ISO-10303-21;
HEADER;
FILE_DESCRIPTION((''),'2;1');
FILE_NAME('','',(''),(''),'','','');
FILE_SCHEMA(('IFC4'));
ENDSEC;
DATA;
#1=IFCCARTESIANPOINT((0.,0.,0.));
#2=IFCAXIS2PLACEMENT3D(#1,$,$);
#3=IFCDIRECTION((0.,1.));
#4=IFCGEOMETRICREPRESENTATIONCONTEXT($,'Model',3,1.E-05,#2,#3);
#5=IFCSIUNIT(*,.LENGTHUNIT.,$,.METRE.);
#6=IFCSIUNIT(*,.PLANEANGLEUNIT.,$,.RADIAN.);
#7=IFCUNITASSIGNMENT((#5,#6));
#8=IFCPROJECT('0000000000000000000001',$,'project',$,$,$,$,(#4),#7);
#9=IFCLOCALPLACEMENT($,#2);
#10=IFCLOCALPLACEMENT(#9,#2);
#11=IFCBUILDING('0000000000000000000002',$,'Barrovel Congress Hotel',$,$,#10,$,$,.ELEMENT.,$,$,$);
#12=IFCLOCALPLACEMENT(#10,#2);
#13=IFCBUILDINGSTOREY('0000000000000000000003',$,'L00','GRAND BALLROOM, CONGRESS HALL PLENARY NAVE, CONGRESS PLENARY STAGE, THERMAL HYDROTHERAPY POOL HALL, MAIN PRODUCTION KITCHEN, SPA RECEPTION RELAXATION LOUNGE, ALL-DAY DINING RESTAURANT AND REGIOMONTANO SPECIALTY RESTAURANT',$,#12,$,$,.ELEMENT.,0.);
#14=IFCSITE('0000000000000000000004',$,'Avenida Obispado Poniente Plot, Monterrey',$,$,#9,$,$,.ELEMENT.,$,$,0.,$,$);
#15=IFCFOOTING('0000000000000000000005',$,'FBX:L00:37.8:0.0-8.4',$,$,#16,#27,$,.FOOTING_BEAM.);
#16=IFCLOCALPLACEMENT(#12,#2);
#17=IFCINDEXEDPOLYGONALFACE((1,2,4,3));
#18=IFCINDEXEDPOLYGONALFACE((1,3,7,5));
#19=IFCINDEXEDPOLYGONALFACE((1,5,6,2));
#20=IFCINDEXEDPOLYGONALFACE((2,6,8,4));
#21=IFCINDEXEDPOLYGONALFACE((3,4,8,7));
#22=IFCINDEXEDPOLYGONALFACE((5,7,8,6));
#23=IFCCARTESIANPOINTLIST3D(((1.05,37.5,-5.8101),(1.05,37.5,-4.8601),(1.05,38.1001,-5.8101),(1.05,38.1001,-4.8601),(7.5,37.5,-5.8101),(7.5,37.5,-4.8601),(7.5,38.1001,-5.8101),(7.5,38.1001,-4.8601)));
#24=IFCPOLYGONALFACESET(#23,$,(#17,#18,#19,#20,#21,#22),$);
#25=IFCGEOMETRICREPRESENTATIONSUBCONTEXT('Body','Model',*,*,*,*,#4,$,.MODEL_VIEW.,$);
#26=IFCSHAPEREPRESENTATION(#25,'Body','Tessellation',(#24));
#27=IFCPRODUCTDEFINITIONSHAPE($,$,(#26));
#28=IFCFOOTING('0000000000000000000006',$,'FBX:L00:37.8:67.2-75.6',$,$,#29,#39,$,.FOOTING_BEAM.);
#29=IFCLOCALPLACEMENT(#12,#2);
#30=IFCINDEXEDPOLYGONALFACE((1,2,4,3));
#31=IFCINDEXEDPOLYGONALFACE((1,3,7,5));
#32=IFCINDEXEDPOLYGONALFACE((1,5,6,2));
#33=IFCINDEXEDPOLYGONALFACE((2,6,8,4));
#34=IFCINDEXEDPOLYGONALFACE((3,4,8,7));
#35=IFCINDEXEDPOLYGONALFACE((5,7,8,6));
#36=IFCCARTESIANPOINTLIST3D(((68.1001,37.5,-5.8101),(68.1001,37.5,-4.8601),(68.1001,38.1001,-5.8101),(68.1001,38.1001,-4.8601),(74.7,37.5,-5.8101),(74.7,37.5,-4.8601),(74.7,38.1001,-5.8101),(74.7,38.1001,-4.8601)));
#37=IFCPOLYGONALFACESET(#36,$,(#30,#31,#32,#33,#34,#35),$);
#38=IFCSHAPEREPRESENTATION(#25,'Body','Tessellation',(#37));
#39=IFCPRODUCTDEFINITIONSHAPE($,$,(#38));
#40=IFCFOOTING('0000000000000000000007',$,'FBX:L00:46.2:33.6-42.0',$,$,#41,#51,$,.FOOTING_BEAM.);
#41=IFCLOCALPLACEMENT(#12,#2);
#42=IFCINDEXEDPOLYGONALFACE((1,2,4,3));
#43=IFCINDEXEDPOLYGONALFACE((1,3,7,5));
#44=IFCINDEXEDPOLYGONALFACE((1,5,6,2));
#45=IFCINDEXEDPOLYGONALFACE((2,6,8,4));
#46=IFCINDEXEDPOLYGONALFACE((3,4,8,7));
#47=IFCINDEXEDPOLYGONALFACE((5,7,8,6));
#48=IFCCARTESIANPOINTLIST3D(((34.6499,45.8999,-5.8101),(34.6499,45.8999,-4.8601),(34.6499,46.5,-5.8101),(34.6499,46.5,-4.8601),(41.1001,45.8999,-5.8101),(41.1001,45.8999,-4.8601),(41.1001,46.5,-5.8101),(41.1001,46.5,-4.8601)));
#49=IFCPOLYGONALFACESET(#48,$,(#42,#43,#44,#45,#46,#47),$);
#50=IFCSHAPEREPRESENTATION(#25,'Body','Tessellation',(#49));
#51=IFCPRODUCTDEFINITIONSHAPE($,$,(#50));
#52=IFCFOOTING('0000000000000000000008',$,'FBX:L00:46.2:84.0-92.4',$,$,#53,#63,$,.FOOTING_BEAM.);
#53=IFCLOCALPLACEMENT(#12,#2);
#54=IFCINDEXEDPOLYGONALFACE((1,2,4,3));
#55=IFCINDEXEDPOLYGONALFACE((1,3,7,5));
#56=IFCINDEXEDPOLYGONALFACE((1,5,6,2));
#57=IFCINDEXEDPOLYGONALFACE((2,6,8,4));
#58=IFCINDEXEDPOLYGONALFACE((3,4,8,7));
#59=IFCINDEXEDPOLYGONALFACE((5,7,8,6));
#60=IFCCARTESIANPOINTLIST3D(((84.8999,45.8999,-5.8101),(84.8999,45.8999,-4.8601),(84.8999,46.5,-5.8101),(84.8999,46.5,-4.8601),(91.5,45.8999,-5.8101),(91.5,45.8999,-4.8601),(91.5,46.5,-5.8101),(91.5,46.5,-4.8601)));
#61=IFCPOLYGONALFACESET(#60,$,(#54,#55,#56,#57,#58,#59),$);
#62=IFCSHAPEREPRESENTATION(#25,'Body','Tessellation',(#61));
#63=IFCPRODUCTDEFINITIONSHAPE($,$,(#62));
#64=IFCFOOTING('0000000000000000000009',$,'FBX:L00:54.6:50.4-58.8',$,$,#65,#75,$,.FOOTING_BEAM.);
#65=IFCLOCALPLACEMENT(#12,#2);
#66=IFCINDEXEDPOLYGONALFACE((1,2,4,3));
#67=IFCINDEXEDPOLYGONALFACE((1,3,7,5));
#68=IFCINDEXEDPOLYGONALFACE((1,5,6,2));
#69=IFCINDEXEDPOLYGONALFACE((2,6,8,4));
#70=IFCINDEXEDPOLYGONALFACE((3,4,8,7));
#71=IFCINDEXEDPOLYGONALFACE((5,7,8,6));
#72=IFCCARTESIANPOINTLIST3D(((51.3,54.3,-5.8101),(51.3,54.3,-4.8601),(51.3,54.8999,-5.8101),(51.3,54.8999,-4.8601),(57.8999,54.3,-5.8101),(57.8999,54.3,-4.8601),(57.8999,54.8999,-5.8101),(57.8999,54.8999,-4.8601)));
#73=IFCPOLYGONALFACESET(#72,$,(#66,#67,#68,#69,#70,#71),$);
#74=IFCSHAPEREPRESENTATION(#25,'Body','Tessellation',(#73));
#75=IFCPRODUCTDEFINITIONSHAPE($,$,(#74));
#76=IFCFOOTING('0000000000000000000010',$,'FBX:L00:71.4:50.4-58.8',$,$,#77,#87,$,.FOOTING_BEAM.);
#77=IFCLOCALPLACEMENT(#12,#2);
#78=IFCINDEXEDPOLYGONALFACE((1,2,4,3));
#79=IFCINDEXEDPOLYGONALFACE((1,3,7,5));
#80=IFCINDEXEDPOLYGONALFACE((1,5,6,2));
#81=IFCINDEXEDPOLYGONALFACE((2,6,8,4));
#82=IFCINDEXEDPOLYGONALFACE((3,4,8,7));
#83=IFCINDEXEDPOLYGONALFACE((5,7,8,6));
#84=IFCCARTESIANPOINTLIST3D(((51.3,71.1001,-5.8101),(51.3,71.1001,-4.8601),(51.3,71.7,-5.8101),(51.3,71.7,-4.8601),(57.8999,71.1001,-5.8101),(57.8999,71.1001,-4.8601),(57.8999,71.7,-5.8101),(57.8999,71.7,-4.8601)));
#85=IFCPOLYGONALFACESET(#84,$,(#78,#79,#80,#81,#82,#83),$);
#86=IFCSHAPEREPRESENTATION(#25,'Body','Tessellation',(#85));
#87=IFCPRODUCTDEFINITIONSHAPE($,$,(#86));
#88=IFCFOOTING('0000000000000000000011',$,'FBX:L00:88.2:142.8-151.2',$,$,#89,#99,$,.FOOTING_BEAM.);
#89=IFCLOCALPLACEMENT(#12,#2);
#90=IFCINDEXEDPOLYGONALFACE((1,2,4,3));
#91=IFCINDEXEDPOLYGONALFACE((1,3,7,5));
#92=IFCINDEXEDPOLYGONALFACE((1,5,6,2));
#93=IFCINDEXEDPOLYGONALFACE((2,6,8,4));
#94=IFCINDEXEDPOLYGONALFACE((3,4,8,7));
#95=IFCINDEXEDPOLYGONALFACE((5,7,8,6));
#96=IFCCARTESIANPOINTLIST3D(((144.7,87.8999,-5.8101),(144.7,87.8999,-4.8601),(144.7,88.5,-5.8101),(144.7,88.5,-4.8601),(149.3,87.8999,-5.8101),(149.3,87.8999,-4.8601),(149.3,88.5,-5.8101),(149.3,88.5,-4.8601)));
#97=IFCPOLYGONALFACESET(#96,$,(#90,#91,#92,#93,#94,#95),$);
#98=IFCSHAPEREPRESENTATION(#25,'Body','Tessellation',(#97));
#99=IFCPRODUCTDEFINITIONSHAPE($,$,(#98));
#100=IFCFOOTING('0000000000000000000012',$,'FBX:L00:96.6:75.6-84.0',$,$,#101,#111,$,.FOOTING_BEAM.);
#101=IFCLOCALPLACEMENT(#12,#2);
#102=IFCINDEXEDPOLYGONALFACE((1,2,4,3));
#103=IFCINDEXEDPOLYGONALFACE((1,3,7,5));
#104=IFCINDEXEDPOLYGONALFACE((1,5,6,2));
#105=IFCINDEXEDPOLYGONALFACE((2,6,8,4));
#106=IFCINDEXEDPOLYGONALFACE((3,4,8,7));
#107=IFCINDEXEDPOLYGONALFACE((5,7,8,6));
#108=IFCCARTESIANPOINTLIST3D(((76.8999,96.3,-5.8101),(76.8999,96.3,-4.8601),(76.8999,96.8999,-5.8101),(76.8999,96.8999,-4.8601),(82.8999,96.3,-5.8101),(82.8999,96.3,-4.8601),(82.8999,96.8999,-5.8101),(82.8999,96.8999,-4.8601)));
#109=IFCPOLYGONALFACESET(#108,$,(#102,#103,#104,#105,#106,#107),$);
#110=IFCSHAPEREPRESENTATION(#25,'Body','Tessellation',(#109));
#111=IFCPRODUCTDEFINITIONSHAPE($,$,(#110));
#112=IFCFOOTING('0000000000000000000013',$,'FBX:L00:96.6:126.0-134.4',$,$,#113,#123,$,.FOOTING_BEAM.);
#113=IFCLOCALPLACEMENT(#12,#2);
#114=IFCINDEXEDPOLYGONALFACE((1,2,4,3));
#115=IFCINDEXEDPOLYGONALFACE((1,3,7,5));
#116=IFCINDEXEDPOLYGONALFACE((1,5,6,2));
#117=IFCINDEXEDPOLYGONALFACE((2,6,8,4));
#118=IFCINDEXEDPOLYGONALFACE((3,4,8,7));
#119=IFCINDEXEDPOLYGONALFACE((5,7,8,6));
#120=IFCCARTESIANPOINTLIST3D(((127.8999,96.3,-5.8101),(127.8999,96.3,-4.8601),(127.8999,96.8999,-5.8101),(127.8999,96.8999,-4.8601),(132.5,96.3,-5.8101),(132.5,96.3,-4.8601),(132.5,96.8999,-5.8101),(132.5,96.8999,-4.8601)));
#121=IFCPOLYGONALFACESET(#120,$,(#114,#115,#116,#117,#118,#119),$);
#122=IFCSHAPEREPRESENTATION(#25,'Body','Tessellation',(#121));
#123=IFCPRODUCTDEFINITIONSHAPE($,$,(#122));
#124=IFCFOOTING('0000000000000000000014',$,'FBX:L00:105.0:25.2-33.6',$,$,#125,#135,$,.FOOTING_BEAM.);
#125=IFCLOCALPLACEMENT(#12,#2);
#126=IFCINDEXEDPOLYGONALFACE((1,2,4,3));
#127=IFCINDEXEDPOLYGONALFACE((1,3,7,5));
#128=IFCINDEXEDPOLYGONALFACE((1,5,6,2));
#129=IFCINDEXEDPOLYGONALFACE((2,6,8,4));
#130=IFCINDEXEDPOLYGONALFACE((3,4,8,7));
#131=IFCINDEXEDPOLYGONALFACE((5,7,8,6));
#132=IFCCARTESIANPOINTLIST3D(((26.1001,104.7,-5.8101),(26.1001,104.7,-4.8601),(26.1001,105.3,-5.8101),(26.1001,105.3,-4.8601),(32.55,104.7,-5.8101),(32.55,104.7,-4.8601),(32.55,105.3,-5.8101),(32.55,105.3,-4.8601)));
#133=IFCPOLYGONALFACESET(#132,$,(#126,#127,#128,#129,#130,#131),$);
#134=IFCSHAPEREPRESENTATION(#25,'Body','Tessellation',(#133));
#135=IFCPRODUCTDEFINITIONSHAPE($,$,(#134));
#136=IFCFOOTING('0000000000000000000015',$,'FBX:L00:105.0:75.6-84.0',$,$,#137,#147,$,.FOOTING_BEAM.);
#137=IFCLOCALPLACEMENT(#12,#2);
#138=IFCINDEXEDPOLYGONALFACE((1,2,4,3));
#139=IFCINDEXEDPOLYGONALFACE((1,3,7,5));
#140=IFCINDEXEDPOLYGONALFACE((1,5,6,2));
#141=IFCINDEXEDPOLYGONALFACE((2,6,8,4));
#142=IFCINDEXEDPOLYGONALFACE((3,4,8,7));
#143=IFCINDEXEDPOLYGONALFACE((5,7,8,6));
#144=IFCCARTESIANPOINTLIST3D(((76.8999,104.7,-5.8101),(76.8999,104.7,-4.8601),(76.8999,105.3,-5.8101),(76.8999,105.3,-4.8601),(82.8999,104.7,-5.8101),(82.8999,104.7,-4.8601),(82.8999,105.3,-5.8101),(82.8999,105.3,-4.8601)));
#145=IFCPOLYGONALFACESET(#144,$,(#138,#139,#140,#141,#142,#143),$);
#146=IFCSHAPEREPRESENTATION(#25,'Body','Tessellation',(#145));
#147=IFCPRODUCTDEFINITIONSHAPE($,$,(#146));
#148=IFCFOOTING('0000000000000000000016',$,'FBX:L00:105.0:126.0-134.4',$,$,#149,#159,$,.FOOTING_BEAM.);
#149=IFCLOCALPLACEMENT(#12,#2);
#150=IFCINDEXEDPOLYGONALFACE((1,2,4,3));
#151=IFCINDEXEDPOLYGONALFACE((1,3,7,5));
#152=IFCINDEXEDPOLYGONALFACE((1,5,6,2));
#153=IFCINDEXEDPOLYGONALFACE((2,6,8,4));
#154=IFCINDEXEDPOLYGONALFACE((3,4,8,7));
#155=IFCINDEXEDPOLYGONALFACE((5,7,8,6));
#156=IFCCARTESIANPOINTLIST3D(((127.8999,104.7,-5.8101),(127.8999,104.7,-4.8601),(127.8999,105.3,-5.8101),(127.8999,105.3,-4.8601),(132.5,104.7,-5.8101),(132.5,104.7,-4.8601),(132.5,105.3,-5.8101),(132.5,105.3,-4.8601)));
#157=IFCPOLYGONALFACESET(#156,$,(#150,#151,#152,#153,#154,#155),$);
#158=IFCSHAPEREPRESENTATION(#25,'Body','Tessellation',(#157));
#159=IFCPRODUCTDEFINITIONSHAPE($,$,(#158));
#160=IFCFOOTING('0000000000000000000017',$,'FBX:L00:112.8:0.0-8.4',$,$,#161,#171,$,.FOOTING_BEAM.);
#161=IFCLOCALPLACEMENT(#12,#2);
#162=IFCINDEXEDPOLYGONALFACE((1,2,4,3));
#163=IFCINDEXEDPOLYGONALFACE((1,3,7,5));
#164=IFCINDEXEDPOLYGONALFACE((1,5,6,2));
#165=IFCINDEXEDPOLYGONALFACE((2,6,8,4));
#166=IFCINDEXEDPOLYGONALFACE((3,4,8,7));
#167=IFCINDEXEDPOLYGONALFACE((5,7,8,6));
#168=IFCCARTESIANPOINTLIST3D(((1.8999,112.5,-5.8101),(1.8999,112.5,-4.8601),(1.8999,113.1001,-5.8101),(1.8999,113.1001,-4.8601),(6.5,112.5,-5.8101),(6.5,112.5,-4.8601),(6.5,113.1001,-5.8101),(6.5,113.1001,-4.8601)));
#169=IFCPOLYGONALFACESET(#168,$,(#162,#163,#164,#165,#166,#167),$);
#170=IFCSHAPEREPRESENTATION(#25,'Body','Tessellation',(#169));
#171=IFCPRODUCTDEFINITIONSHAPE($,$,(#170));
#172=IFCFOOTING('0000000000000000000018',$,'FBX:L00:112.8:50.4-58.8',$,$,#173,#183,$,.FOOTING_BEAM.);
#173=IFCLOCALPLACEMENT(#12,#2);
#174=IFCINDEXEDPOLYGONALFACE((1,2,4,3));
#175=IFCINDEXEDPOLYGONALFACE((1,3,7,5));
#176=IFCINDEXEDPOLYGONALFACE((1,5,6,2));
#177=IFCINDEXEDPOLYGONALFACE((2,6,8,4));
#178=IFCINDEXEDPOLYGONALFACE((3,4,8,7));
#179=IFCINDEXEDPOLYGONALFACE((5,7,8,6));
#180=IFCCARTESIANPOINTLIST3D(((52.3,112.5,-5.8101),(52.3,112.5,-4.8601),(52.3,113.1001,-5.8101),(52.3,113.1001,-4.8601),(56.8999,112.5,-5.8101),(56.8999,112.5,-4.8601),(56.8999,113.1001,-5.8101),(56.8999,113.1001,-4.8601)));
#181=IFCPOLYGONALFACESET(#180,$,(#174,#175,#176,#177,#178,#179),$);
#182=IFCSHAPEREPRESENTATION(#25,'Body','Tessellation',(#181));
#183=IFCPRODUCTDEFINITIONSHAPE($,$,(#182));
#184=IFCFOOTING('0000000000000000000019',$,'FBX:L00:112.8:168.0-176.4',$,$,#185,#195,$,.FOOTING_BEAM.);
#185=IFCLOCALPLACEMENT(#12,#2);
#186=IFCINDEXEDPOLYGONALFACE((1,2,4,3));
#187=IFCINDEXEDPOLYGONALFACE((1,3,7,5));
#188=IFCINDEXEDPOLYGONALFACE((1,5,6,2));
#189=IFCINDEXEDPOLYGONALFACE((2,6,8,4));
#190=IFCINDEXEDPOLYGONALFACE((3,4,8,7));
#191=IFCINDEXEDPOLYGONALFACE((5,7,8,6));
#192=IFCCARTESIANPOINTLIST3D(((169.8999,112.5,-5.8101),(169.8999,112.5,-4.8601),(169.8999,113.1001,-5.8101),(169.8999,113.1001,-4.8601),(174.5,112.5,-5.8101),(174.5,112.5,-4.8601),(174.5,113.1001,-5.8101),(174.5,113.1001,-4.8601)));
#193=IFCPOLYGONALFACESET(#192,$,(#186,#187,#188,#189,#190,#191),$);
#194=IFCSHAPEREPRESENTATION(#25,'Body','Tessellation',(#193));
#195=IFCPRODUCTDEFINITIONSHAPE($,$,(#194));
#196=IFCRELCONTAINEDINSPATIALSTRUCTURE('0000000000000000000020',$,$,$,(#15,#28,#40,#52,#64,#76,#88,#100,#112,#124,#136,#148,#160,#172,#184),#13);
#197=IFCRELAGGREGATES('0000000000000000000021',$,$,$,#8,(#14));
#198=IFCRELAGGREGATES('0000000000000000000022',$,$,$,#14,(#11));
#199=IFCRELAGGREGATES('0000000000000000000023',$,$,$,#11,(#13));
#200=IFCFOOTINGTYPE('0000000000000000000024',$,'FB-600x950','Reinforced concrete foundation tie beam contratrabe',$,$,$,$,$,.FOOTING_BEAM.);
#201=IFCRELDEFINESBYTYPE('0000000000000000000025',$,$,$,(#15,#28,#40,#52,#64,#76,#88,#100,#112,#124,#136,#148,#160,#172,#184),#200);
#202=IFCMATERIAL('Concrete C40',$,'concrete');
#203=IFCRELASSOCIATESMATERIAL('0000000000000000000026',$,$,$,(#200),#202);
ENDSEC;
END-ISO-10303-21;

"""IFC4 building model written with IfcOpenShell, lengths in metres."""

from ifc_helpers import new_model, si_unit, direction, frame, origin, place, context, subcontext, project, spatial, polyline, outline, extrude, material, type_object, element, save


model = new_model("IFC4")

# Units and contexts
model_context = context("Model", 3, precision=1e-05, world=origin(), true_north=direction((0.0, 1.0)))
body_context = subcontext(model_context, "Body", "Model", "MODEL_VIEW")
ifc_project = project(units=[si_unit("LENGTHUNIT", "METRE"), si_unit("PLANEANGLEUNIT", "RADIAN")], contexts=[model_context])

# Site, building, storey
site_placement = place(None, origin())
site = spatial("IfcSite", under=ifc_project, at=site_placement, Name="Avenida Obispado Poniente Plot, Monterrey", CompositionType="ELEMENT", RefElevation=0.0)
building_placement = place(site_placement, origin())
building = spatial("IfcBuilding", under=site, at=building_placement, Name="Barrovel Congress Hotel", CompositionType="ELEMENT")
storey_placement = place(building_placement, origin())
storey = spatial("IfcBuildingStorey", under=building, at=storey_placement, Name="L00", Description="GRAND BALLROOM, CONGRESS HALL PLENARY NAVE, CONGRESS PLENARY STAGE, THERMAL HYDROTHERAPY POOL HALL, MAIN PRODUCTION KITCHEN, SPA RECEPTION RELAXATION LOUNGE, ALL-DAY DINING RESTAURANT AND REGIOMONTANO SPECIALTY RESTAURANT", CompositionType="ELEMENT", Elevation=0.0)

# Footings
ifc_material = material(Name="Concrete C40", Category="concrete")
footing_type_1 = type_object("IfcFootingType", Name="FB-600x950", Description="Reinforced concrete foundation tie beam contratrabe", PredefinedType="FOOTING_BEAM", material=ifc_material)
footing_1_placement = place(storey_placement, frame((0.0, 0.0, -5.8101)))
element("IfcFooting", 1, at=footing_1_placement, inside=storey, type_object=footing_type_1, Name="FBX:L00:37.8:0.0-8.4", PredefinedType="FOOTING_BEAM", context=body_context, shape_type="SweptSolid", body=[
    extrude(outline(polyline([(1.05, 37.5), (7.5, 37.5), (7.5, 38.1001), (1.05, 38.1001), (1.05, 37.5)])), origin(), (0.0, 0.0, 1.0), 0.95),
])
footing_2_placement = place(storey_placement, frame((0.0, 0.0, -5.8101)))
element("IfcFooting", 2, at=footing_2_placement, inside=storey, type_object=footing_type_1, Name="FBX:L00:37.8:67.2-75.6", PredefinedType="FOOTING_BEAM", context=body_context, shape_type="SweptSolid", body=[
    extrude(outline(polyline([(68.1001, 37.5), (74.7, 37.5), (74.7, 38.1001), (68.1001, 38.1001), (68.1001, 37.5)])), origin(), (0.0, 0.0, 1.0), 0.95),
])
footing_3_placement = place(storey_placement, frame((0.0, 0.0, -5.8101)))
element("IfcFooting", 3, at=footing_3_placement, inside=storey, type_object=footing_type_1, Name="FBX:L00:46.2:33.6-42.0", PredefinedType="FOOTING_BEAM", context=body_context, shape_type="SweptSolid", body=[
    extrude(outline(polyline([(34.6499, 45.8999), (41.1001, 45.8999), (41.1001, 46.5), (34.6499, 46.5), (34.6499, 45.8999)])), origin(), (0.0, 0.0, 1.0), 0.95),
])
footing_4_placement = place(storey_placement, frame((0.0, 0.0, -5.8101)))
element("IfcFooting", 4, at=footing_4_placement, inside=storey, type_object=footing_type_1, Name="FBX:L00:46.2:84.0-92.4", PredefinedType="FOOTING_BEAM", context=body_context, shape_type="SweptSolid", body=[
    extrude(outline(polyline([(84.8999, 45.8999), (91.5, 45.8999), (91.5, 46.5), (84.8999, 46.5), (84.8999, 45.8999)])), origin(), (0.0, 0.0, 1.0), 0.95),
])
footing_5_placement = place(storey_placement, frame((0.0, 0.0, -5.8101)))
element("IfcFooting", 5, at=footing_5_placement, inside=storey, type_object=footing_type_1, Name="FBX:L00:54.6:50.4-58.8", PredefinedType="FOOTING_BEAM", context=body_context, shape_type="SweptSolid", body=[
    extrude(outline(polyline([(51.3, 54.3), (57.8999, 54.3), (57.8999, 54.8999), (51.3, 54.8999), (51.3, 54.3)])), origin(), (0.0, 0.0, 1.0), 0.95),
])
footing_6_placement = place(storey_placement, frame((0.0, 0.0, -5.8101)))
element("IfcFooting", 6, at=footing_6_placement, inside=storey, type_object=footing_type_1, Name="FBX:L00:71.4:50.4-58.8", PredefinedType="FOOTING_BEAM", context=body_context, shape_type="SweptSolid", body=[
    extrude(outline(polyline([(51.3, 71.1001), (57.8999, 71.1001), (57.8999, 71.7), (51.3, 71.7), (51.3, 71.1001)])), origin(), (0.0, 0.0, 1.0), 0.95),
])
footing_7_placement = place(storey_placement, frame((0.0, 0.0, -5.8101)))
element("IfcFooting", 7, at=footing_7_placement, inside=storey, type_object=footing_type_1, Name="FBX:L00:88.2:142.8-151.2", PredefinedType="FOOTING_BEAM", context=body_context, shape_type="SweptSolid", body=[
    extrude(outline(polyline([(144.7, 87.8999), (149.3, 87.8999), (149.3, 88.5), (144.7, 88.5), (144.7, 87.8999)])), origin(), (0.0, 0.0, 1.0), 0.95),
])
footing_8_placement = place(storey_placement, frame((0.0, 0.0, -5.8101)))
element("IfcFooting", 8, at=footing_8_placement, inside=storey, type_object=footing_type_1, Name="FBX:L00:96.6:75.6-84.0", PredefinedType="FOOTING_BEAM", context=body_context, shape_type="SweptSolid", body=[
    extrude(outline(polyline([(76.8999, 96.3), (82.8999, 96.3), (82.8999, 96.8999), (76.8999, 96.8999), (76.8999, 96.3)])), origin(), (0.0, 0.0, 1.0), 0.95),
])
footing_9_placement = place(storey_placement, frame((0.0, 0.0, -5.8101)))
element("IfcFooting", 9, at=footing_9_placement, inside=storey, type_object=footing_type_1, Name="FBX:L00:96.6:126.0-134.4", PredefinedType="FOOTING_BEAM", context=body_context, shape_type="SweptSolid", body=[
    extrude(outline(polyline([(127.8999, 96.3), (132.5, 96.3), (132.5, 96.8999), (127.8999, 96.8999), (127.8999, 96.3)])), origin(), (0.0, 0.0, 1.0), 0.95),
])
footing_10_placement = place(storey_placement, frame((0.0, 0.0, -5.8101)))
element("IfcFooting", 10, at=footing_10_placement, inside=storey, type_object=footing_type_1, Name="FBX:L00:105.0:25.2-33.6", PredefinedType="FOOTING_BEAM", context=body_context, shape_type="SweptSolid", body=[
    extrude(outline(polyline([(26.1001, 104.7), (32.55, 104.7), (32.55, 105.3), (26.1001, 105.3), (26.1001, 104.7)])), origin(), (0.0, 0.0, 1.0), 0.95),
])
footing_11_placement = place(storey_placement, frame((0.0, 0.0, -5.8101)))
element("IfcFooting", 11, at=footing_11_placement, inside=storey, type_object=footing_type_1, Name="FBX:L00:105.0:75.6-84.0", PredefinedType="FOOTING_BEAM", context=body_context, shape_type="SweptSolid", body=[
    extrude(outline(polyline([(76.8999, 104.7), (82.8999, 104.7), (82.8999, 105.3), (76.8999, 105.3), (76.8999, 104.7)])), origin(), (0.0, 0.0, 1.0), 0.95),
])
footing_12_placement = place(storey_placement, frame((0.0, 0.0, -5.8101)))
element("IfcFooting", 12, at=footing_12_placement, inside=storey, type_object=footing_type_1, Name="FBX:L00:105.0:126.0-134.4", PredefinedType="FOOTING_BEAM", context=body_context, shape_type="SweptSolid", body=[
    extrude(outline(polyline([(127.8999, 104.7), (132.5, 104.7), (132.5, 105.3), (127.8999, 105.3), (127.8999, 104.7)])), origin(), (0.0, 0.0, 1.0), 0.95),
])
footing_13_placement = place(storey_placement, frame((0.0, 0.0, -5.8101)))
element("IfcFooting", 13, at=footing_13_placement, inside=storey, type_object=footing_type_1, Name="FBX:L00:112.8:0.0-8.4", PredefinedType="FOOTING_BEAM", context=body_context, shape_type="SweptSolid", body=[
    extrude(outline(polyline([(1.8999, 112.5), (6.5, 112.5), (6.5, 113.1001), (1.8999, 113.1001), (1.8999, 112.5)])), origin(), (0.0, 0.0, 1.0), 0.95),
])
footing_14_placement = place(storey_placement, frame((0.0, 0.0, -5.8101)))
element("IfcFooting", 14, at=footing_14_placement, inside=storey, type_object=footing_type_1, Name="FBX:L00:112.8:50.4-58.8", PredefinedType="FOOTING_BEAM", context=body_context, shape_type="SweptSolid", body=[
    extrude(outline(polyline([(52.3, 112.5), (56.8999, 112.5), (56.8999, 113.1001), (52.3, 113.1001), (52.3, 112.5)])), origin(), (0.0, 0.0, 1.0), 0.95),
])
footing_15_placement = place(storey_placement, frame((0.0, 0.0, -5.8101)))
element("IfcFooting", 15, at=footing_15_placement, inside=storey, type_object=footing_type_1, Name="FBX:L00:112.8:168.0-176.4", PredefinedType="FOOTING_BEAM", context=body_context, shape_type="SweptSolid", body=[
    extrude(outline(polyline([(169.8999, 112.5), (174.5, 112.5), (174.5, 113.1001), (169.8999, 113.1001), (169.8999, 112.5)])), origin(), (0.0, 0.0, 1.0), 0.95),
])

save(model, "model.ifc")
